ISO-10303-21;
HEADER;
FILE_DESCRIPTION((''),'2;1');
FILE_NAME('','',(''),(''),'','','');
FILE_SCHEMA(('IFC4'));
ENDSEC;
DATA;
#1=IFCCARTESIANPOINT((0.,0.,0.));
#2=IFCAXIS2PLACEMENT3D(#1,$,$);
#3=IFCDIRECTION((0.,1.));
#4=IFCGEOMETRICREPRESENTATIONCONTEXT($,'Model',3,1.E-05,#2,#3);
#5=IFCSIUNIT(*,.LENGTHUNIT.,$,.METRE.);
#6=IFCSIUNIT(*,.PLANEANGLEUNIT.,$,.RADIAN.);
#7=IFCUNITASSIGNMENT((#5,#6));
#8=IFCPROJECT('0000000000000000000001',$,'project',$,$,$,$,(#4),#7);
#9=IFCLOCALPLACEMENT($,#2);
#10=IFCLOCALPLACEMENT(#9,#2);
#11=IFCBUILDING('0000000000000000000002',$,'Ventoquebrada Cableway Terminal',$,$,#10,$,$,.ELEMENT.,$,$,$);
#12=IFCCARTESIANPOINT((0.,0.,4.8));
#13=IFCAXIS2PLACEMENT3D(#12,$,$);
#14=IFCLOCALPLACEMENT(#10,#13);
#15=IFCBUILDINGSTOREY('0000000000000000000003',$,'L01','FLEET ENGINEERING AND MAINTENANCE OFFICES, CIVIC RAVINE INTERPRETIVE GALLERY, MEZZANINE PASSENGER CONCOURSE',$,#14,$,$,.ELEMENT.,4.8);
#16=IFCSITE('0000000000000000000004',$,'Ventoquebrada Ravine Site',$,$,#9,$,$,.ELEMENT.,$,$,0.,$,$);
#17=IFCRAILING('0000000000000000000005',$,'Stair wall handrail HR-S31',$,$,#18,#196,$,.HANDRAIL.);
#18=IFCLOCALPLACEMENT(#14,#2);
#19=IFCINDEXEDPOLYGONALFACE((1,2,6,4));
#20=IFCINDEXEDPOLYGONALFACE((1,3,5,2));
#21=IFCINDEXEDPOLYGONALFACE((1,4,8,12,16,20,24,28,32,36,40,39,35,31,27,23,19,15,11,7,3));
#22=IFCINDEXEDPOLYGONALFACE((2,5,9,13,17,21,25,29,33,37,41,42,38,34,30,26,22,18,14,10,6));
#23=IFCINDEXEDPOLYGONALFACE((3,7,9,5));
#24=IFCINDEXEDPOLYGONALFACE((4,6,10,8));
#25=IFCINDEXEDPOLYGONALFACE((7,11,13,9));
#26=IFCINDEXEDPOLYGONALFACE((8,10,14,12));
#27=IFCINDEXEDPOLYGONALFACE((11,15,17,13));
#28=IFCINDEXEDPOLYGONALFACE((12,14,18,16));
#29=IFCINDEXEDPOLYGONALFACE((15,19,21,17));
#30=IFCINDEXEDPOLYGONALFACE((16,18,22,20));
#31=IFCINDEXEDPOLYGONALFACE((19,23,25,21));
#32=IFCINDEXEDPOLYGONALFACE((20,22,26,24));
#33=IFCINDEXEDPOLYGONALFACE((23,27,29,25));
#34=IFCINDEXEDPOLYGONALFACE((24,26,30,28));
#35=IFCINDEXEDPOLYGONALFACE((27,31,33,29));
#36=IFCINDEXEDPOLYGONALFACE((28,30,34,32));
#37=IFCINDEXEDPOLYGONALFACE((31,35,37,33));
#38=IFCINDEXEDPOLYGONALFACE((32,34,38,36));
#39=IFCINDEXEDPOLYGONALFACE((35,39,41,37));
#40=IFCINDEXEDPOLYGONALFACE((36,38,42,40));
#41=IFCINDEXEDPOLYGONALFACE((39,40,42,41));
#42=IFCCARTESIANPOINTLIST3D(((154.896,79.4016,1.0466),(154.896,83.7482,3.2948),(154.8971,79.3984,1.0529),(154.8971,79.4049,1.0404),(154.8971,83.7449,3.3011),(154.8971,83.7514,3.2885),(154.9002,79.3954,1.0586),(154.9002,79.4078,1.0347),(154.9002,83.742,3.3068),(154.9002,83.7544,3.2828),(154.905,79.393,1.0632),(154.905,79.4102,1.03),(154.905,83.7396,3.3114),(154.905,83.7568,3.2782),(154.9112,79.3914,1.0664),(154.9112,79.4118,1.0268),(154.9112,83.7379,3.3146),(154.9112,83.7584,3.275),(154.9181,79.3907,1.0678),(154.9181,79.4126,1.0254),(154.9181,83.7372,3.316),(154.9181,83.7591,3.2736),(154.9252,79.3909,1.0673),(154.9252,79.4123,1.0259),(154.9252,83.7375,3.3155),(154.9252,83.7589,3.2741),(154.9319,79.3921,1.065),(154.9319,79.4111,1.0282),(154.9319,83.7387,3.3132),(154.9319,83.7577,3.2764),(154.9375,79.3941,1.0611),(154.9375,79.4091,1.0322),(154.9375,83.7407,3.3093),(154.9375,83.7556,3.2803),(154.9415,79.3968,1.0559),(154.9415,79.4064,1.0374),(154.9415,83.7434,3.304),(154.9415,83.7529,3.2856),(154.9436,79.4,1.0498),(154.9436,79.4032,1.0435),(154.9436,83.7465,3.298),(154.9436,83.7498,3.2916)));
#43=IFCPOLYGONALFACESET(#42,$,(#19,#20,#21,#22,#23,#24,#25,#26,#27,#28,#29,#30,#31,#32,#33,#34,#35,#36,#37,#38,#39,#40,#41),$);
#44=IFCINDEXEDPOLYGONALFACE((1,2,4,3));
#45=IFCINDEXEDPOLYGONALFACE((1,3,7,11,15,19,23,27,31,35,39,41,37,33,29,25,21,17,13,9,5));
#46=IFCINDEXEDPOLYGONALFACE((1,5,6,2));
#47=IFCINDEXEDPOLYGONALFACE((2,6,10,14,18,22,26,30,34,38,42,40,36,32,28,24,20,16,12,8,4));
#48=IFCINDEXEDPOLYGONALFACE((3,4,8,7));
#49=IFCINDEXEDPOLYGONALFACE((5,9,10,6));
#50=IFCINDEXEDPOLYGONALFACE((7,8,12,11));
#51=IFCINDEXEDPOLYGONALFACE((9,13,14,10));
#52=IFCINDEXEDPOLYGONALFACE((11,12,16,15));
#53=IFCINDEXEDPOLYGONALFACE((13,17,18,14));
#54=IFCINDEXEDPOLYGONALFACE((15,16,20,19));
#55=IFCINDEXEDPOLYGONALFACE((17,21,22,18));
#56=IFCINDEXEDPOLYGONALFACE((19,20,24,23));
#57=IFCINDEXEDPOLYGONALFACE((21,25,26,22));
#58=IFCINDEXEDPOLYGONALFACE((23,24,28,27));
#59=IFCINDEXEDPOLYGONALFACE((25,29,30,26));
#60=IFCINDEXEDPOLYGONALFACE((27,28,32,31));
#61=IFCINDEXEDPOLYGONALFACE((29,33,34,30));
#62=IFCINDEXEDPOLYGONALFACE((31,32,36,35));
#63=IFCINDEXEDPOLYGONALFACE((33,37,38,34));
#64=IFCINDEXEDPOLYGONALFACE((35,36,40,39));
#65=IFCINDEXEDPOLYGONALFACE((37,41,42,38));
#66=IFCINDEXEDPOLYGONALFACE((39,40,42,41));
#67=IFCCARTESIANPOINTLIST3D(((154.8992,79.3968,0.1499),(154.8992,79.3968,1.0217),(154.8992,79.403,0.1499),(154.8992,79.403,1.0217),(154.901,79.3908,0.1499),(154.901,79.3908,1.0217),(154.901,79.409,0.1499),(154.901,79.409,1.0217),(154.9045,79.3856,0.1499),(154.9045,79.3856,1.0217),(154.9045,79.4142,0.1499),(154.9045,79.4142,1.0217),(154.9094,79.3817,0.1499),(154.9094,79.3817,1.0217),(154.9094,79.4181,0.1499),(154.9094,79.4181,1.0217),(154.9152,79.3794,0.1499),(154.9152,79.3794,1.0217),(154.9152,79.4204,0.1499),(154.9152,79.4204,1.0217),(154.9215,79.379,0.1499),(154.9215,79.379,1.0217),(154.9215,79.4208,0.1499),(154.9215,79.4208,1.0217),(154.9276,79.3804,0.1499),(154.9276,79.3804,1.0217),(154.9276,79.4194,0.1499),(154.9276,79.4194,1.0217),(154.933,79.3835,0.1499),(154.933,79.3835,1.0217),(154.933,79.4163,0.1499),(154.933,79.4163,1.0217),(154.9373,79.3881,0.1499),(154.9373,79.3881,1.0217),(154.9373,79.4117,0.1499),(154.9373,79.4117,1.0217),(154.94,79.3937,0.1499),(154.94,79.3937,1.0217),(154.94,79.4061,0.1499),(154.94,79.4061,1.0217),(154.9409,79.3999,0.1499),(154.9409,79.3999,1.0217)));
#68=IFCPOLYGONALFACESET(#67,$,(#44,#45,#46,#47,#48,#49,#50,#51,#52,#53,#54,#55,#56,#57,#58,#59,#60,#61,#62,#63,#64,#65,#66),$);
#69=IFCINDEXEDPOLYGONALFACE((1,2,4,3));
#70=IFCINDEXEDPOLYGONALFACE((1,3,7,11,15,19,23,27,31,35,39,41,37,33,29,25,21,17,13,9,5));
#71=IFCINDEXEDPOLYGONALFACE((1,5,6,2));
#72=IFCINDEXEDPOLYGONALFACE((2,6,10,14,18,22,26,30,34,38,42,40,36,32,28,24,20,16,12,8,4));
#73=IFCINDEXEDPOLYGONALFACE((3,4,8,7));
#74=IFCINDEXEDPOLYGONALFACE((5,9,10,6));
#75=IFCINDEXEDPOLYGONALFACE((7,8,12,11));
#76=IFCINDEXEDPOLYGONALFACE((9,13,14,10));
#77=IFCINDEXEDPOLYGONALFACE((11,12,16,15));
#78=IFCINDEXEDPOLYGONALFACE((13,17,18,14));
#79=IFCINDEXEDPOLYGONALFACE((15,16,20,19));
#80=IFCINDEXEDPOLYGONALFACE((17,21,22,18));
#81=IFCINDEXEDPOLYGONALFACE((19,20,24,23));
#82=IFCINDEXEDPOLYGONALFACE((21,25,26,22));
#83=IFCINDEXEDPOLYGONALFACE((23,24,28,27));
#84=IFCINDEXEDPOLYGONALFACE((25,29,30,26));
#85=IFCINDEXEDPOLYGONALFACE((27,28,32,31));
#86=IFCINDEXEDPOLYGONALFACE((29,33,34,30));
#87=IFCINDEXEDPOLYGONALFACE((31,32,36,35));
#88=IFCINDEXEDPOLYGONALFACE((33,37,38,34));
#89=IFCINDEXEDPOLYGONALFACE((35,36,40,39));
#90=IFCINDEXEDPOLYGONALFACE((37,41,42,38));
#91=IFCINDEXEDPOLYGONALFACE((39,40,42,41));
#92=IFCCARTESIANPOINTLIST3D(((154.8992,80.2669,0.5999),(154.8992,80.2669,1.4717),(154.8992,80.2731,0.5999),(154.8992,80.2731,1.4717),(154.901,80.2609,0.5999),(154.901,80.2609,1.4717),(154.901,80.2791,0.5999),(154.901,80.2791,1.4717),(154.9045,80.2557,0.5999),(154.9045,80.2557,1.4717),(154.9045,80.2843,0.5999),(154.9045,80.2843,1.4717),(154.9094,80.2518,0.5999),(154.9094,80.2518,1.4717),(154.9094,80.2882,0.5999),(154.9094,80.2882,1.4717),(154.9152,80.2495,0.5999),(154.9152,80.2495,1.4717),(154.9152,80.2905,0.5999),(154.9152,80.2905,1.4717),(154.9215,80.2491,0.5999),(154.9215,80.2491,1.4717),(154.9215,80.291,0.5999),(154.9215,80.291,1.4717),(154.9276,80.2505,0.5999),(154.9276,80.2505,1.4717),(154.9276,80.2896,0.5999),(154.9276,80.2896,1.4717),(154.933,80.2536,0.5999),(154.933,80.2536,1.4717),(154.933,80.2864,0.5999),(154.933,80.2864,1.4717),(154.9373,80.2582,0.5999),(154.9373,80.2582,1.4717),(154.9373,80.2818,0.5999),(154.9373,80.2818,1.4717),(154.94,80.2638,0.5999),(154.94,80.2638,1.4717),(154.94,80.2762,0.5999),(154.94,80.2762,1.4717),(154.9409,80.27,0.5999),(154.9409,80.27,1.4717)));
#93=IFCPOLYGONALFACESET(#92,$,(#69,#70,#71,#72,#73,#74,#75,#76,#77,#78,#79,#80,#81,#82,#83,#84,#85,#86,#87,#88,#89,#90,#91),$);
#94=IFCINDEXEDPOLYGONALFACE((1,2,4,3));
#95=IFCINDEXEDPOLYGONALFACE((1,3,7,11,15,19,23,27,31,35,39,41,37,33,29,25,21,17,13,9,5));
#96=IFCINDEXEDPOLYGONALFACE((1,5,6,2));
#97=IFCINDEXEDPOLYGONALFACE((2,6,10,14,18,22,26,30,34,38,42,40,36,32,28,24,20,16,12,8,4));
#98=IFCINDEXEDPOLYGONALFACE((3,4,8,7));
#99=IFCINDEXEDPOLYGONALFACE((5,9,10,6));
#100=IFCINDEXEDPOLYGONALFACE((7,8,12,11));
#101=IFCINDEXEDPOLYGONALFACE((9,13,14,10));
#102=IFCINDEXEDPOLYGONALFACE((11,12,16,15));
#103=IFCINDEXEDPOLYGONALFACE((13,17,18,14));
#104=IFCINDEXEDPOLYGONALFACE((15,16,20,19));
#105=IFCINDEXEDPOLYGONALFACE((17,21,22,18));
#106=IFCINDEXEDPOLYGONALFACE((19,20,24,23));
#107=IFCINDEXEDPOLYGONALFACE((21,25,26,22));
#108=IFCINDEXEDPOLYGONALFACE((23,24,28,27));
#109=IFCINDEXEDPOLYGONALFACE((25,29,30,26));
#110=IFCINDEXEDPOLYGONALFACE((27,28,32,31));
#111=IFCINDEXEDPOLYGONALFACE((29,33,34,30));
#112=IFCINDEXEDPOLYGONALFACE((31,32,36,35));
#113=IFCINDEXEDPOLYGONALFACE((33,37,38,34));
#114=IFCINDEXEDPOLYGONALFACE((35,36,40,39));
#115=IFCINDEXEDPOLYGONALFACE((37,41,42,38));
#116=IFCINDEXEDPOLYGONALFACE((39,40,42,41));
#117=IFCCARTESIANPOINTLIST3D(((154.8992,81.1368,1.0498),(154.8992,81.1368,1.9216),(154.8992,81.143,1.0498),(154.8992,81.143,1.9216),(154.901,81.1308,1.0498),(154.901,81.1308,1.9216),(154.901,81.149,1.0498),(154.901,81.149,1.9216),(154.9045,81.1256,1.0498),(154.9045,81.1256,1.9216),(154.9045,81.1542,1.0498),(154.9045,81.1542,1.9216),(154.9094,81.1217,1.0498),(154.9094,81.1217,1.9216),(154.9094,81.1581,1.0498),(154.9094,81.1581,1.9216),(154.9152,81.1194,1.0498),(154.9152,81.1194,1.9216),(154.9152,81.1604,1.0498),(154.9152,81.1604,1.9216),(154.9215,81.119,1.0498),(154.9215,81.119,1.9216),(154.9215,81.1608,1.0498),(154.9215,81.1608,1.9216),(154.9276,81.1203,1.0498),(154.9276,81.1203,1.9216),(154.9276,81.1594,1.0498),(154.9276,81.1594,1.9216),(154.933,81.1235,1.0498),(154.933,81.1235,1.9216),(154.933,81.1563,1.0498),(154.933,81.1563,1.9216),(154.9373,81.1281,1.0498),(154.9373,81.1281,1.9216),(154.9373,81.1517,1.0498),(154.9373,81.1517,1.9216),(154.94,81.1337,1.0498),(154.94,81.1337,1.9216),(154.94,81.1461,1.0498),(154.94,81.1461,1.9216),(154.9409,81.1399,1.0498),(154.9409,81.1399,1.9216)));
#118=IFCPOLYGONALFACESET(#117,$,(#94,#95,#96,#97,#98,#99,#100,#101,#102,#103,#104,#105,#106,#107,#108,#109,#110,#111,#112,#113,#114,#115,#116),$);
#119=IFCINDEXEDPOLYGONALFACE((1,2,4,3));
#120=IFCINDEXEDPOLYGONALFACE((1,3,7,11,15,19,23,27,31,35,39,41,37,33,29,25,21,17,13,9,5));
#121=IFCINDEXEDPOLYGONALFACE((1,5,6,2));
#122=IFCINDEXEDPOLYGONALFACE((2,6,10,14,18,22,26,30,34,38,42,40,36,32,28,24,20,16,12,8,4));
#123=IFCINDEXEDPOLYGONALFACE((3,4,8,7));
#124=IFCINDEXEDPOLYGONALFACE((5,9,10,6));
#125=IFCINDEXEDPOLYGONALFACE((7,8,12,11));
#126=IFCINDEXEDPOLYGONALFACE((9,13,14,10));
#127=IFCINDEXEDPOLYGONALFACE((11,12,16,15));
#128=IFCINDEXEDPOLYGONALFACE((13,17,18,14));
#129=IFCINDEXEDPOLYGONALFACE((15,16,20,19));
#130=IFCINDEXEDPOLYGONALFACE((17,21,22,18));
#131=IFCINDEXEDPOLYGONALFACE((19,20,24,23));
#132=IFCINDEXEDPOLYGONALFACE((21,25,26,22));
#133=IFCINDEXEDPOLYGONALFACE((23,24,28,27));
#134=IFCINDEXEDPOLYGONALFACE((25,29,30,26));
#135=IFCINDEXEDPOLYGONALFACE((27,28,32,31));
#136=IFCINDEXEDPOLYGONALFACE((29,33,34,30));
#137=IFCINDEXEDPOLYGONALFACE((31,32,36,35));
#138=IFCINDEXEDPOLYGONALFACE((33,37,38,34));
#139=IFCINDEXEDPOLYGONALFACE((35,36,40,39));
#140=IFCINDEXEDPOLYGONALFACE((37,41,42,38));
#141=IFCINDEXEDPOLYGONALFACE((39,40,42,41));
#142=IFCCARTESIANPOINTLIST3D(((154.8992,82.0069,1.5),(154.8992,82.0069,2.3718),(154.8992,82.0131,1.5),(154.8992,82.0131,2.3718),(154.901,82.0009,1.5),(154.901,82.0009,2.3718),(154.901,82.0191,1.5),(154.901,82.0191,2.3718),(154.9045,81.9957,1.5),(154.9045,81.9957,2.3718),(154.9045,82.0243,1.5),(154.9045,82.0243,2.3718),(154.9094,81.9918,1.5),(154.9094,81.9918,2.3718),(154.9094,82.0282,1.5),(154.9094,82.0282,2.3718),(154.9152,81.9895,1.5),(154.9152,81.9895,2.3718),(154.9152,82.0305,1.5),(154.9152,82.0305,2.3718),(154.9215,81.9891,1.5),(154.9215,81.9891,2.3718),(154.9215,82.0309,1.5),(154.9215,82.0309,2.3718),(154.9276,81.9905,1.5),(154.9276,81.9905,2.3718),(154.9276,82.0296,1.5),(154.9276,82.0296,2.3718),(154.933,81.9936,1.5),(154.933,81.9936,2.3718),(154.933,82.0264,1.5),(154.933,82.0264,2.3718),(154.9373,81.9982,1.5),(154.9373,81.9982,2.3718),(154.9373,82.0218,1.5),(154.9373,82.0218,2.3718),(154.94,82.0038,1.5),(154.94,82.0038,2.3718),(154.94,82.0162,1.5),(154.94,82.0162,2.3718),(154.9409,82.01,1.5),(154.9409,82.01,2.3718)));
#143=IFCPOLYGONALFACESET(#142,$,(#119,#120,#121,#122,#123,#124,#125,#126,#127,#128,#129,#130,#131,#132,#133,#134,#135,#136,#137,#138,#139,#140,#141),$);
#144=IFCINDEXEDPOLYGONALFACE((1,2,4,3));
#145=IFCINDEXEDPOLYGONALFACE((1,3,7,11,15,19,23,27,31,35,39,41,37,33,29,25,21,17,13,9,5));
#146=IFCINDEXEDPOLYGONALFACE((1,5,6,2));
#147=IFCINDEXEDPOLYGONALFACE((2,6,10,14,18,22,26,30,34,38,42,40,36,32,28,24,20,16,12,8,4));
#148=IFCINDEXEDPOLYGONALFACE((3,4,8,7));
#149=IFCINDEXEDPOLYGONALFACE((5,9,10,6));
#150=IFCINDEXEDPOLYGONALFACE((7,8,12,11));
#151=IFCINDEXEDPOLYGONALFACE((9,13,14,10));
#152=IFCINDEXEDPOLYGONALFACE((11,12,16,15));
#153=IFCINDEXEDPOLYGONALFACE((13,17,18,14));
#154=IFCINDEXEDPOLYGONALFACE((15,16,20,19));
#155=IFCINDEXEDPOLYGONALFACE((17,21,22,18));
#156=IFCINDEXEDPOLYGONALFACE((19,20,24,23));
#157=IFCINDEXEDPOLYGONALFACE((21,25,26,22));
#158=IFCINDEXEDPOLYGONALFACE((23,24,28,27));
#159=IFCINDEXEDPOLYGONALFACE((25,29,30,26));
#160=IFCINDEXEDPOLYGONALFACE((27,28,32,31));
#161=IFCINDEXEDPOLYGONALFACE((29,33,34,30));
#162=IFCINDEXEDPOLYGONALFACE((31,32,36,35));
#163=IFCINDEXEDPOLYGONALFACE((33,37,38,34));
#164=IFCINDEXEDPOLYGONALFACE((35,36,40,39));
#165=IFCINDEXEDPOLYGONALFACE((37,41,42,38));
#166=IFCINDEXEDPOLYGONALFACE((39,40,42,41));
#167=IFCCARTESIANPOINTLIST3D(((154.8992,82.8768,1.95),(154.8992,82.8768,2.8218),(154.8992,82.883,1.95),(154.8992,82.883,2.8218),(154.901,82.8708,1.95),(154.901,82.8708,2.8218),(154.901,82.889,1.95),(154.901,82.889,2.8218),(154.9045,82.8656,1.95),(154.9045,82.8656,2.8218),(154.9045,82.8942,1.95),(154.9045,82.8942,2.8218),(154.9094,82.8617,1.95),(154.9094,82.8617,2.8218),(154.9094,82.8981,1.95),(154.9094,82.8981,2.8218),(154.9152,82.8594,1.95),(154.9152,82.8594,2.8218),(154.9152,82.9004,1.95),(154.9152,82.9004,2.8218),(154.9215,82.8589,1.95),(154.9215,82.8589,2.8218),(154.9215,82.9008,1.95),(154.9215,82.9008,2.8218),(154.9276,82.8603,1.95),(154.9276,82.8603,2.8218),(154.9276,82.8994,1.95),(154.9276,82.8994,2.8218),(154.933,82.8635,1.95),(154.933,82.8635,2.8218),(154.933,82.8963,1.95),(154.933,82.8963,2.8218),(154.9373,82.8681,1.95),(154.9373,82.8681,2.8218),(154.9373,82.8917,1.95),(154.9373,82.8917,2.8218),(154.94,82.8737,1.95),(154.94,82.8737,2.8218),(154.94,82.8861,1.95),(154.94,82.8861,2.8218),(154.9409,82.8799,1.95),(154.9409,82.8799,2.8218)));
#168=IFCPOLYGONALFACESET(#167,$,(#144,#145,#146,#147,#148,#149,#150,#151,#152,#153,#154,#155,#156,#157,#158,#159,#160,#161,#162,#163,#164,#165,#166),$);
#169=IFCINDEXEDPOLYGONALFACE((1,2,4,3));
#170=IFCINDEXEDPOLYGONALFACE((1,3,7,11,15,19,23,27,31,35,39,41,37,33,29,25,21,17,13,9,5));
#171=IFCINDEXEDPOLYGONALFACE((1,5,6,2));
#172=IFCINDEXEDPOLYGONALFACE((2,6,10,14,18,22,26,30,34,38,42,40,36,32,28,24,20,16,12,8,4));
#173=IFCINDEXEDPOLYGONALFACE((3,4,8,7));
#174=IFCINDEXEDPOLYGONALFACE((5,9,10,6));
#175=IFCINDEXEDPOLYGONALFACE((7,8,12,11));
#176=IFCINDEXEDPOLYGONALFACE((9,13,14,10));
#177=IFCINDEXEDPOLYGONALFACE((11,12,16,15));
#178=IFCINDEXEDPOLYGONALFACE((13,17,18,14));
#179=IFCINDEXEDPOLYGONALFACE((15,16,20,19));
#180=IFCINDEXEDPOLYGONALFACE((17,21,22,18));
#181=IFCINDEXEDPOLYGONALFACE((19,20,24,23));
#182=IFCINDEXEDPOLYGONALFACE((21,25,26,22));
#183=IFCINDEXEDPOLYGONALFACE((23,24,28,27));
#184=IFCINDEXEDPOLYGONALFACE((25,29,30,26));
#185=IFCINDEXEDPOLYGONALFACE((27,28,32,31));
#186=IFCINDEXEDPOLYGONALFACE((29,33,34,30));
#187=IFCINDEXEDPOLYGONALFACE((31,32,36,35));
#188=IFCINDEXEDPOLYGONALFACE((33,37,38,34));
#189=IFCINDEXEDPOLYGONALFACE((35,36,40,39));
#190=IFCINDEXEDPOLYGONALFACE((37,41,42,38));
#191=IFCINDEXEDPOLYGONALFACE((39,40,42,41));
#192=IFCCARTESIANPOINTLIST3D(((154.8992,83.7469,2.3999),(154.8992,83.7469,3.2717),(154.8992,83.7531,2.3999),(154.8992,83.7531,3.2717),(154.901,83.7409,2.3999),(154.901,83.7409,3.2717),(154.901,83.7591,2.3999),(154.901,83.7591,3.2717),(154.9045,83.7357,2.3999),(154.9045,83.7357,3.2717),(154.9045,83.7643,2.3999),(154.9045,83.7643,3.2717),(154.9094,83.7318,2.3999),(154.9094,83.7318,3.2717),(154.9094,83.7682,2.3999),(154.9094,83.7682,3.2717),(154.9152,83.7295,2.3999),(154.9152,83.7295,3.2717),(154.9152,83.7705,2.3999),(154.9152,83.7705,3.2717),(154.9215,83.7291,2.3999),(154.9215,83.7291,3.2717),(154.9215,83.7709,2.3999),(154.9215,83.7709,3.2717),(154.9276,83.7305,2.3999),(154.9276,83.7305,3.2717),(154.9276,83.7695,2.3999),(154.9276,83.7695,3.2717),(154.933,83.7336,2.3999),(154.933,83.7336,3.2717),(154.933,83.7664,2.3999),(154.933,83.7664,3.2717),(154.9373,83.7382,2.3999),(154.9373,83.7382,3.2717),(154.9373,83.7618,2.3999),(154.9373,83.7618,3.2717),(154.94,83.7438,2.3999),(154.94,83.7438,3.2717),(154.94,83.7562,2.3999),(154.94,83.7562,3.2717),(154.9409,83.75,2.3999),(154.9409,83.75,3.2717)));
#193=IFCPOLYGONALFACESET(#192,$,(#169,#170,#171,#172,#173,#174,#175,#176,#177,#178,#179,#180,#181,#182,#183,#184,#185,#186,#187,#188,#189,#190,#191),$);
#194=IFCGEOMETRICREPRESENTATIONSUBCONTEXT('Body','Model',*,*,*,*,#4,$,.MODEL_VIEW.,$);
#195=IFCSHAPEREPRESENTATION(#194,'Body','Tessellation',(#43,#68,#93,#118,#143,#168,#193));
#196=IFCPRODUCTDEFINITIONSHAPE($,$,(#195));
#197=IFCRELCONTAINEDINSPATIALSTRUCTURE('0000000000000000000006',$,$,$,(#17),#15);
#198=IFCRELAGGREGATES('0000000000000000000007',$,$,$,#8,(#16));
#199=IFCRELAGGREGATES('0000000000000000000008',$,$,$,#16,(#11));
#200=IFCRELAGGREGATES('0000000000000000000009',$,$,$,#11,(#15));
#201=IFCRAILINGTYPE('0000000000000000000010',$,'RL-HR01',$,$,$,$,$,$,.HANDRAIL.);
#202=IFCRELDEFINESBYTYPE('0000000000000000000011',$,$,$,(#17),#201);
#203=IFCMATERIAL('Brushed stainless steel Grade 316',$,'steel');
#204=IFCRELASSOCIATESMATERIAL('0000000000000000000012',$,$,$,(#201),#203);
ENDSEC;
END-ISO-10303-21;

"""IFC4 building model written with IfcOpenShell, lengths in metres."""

from ifc_helpers import new_model, si_unit, direction, frame, origin, origin_2d, place, context, subcontext, project, spatial, circle, extrude, material, type_object, element, save


model = new_model("IFC4")

# Units and contexts
model_context = context("Model", 3, precision=1e-05, world=origin(), true_north=direction((0.0, 1.0)))
body_context = subcontext(model_context, "Body", "Model", "MODEL_VIEW")
ifc_project = project(units=[si_unit("LENGTHUNIT", "METRE"), si_unit("PLANEANGLEUNIT", "RADIAN")], contexts=[model_context])

# Site, building, storey
site_placement = place(None, origin())
site = spatial("IfcSite", under=ifc_project, at=site_placement, Name="Ventoquebrada Ravine Site", CompositionType="ELEMENT", RefElevation=0.0)
building_placement = place(site_placement, origin())
building = spatial("IfcBuilding", under=site, at=building_placement, Name="Ventoquebrada Cableway Terminal", CompositionType="ELEMENT")
storey_placement = place(building_placement, frame((0.0, 0.0, 4.8)))
storey = spatial("IfcBuildingStorey", under=building, at=storey_placement, Name="L01", Description="FLEET ENGINEERING AND MAINTENANCE OFFICES, CIVIC RAVINE INTERPRETIVE GALLERY, MEZZANINE PASSENGER CONCOURSE", CompositionType="ELEMENT", Elevation=4.8)

# Railing
ifc_material_1 = material(Name="Brushed stainless steel Grade 316", Category="steel")
railing_type_1 = type_object("IfcRailingType", Name="RL-HR01", PredefinedType="HANDRAIL", material=ifc_material_1)
railing_1_placement = place(storey_placement, frame((154.9199, 79.3999, 0.1499)))
element("IfcRailing", 1, at=railing_1_placement, inside=storey, type_object=railing_type_1, Name="Stair wall handrail HR-S31", PredefinedType="HANDRAIL", context=body_context, shape_type="SweptSolid", body=[
    extrude(circle(Radius=0.0239, at=origin_2d()), frame((0.0, 0.0017, 0.8967), z_axis=(0.0, 0.888222, 0.459415), x_axis=(-1.0, 0.0, 0.0)), (0.0, 0.0, 1.0), 4.8936),
    extrude(circle(Radius=0.021, at=origin_2d()), origin(), (0.0, 0.0, 1.0), 0.8718),
    extrude(circle(Radius=0.021, at=origin_2d()), frame((0.0, 0.8701, 0.45)), (0.0, 0.0, 1.0), 0.8718),
    extrude(circle(Radius=0.021, at=origin_2d()), frame((0.0, 1.74, 0.8999)), (0.0, 0.0, 1.0), 0.8718),
    extrude(circle(Radius=0.021, at=origin_2d()), frame((0.0, 2.6101, 1.3501)), (0.0, 0.0, 1.0), 0.8718),
    extrude(circle(Radius=0.021, at=origin_2d()), frame((0.0, 3.48, 1.8)), (0.0, 0.0, 1.0), 0.8718),
    extrude(circle(Radius=0.021, at=origin_2d()), frame((0.0, 4.3501, 2.25)), (0.0, 0.0, 1.0), 0.8718),
])

save(model, "model.ifc")
